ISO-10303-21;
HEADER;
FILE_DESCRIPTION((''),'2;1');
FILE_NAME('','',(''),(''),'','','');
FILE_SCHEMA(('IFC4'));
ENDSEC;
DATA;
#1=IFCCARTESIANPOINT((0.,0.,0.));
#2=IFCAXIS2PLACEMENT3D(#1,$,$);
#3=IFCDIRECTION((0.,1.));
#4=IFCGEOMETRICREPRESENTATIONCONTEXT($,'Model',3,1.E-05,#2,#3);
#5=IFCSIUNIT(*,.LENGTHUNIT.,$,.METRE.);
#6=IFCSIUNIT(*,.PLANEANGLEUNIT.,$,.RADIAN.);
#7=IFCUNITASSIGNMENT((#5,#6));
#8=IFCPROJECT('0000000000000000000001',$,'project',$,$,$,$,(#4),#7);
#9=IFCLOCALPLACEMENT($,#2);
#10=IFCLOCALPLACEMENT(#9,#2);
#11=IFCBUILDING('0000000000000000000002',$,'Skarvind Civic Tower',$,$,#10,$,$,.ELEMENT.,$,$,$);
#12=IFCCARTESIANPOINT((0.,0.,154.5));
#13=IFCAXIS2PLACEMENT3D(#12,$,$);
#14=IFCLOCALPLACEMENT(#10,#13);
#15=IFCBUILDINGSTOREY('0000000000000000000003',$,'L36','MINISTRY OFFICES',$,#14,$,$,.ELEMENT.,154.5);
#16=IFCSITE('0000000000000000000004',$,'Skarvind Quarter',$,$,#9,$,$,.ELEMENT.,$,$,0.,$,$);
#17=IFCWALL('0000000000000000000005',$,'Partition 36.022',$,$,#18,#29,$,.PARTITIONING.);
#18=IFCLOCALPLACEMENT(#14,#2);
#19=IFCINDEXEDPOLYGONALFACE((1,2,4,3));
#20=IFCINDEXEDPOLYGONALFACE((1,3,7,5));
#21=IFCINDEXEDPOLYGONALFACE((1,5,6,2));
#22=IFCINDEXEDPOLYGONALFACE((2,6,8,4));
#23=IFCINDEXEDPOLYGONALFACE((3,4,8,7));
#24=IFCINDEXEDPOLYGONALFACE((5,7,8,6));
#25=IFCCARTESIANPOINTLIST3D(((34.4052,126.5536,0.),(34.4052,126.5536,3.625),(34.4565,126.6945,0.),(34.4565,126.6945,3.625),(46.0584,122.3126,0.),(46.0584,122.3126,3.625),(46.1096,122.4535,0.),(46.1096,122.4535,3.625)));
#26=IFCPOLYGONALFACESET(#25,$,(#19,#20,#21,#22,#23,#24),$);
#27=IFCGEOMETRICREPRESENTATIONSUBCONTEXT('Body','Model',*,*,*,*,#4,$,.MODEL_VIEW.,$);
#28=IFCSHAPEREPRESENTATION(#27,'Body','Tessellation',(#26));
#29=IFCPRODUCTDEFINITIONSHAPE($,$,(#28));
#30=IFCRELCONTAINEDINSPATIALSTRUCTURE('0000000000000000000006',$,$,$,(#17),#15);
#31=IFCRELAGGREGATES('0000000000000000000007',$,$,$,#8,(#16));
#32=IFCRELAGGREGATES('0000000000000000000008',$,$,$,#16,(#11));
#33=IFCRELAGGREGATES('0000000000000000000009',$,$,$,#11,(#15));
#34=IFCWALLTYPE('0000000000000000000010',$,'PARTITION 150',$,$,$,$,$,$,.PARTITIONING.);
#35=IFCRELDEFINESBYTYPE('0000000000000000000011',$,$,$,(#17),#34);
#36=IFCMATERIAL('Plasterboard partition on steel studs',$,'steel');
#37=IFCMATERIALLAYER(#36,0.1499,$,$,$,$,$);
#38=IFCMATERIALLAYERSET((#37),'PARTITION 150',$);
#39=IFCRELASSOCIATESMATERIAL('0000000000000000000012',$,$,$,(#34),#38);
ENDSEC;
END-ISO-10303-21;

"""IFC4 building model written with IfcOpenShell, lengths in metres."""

from ifc_helpers import new_model, si_unit, direction, frame, frame_2d, origin, place, context, subcontext, project, spatial, rectangle, extrude, material, layer, layer_set, type_object, element, save


model = new_model("IFC4")

# Units and contexts
model_context = context("Model", 3, precision=1e-05, world=origin(), true_north=direction((0.0, 1.0)))
body_context = subcontext(model_context, "Body", "Model", "MODEL_VIEW")
ifc_project = project(units=[si_unit("LENGTHUNIT", "METRE"), si_unit("PLANEANGLEUNIT", "RADIAN")], contexts=[model_context])

# Site, building, storey
site_placement = place(None, origin())
site = spatial("IfcSite", under=ifc_project, at=site_placement, Name="Skarvind Quarter", CompositionType="ELEMENT", RefElevation=0.0)
building_placement = place(site_placement, origin())
building = spatial("IfcBuilding", under=site, at=building_placement, Name="Skarvind Civic Tower", CompositionType="ELEMENT")
storey_placement = place(building_placement, frame((0.0, 0.0, 154.5)))
storey = spatial("IfcBuildingStorey", under=building, at=storey_placement, Name="L36", Description="MINISTRY OFFICES", CompositionType="ELEMENT", Elevation=154.5)

# Wall
ifc_material_1 = material(Name="Plasterboard partition on steel studs", Category="steel")
ifc_layer_1 = layer(ifc_material_1, 0.1499)
ifc_layer_set_1 = layer_set([ifc_layer_1], Name="PARTITION 150")
wall_type_1 = type_object("IfcWallType", Name="PARTITION 150", PredefinedType="PARTITIONING", material=ifc_layer_set_1)
wall_1_placement = place(storey_placement, frame((46.084, 122.3831, 0.0), z_axis=(0.0, 0.0, 1.0), x_axis=(-0.939703, 0.341991, 0.0)))
element("IfcWall", 1, at=wall_1_placement, inside=storey, type_object=wall_type_1, Name="Partition 36.022", PredefinedType="PARTITIONING", context=body_context, shape_type="SweptSolid", body=[
    extrude(rectangle(XDim=12.4009, YDim=0.1499, at=frame_2d((6.2004, 0.0))), origin(), (0.0, 0.0, 1.0), 3.625),
])

save(model, "model.ifc")
